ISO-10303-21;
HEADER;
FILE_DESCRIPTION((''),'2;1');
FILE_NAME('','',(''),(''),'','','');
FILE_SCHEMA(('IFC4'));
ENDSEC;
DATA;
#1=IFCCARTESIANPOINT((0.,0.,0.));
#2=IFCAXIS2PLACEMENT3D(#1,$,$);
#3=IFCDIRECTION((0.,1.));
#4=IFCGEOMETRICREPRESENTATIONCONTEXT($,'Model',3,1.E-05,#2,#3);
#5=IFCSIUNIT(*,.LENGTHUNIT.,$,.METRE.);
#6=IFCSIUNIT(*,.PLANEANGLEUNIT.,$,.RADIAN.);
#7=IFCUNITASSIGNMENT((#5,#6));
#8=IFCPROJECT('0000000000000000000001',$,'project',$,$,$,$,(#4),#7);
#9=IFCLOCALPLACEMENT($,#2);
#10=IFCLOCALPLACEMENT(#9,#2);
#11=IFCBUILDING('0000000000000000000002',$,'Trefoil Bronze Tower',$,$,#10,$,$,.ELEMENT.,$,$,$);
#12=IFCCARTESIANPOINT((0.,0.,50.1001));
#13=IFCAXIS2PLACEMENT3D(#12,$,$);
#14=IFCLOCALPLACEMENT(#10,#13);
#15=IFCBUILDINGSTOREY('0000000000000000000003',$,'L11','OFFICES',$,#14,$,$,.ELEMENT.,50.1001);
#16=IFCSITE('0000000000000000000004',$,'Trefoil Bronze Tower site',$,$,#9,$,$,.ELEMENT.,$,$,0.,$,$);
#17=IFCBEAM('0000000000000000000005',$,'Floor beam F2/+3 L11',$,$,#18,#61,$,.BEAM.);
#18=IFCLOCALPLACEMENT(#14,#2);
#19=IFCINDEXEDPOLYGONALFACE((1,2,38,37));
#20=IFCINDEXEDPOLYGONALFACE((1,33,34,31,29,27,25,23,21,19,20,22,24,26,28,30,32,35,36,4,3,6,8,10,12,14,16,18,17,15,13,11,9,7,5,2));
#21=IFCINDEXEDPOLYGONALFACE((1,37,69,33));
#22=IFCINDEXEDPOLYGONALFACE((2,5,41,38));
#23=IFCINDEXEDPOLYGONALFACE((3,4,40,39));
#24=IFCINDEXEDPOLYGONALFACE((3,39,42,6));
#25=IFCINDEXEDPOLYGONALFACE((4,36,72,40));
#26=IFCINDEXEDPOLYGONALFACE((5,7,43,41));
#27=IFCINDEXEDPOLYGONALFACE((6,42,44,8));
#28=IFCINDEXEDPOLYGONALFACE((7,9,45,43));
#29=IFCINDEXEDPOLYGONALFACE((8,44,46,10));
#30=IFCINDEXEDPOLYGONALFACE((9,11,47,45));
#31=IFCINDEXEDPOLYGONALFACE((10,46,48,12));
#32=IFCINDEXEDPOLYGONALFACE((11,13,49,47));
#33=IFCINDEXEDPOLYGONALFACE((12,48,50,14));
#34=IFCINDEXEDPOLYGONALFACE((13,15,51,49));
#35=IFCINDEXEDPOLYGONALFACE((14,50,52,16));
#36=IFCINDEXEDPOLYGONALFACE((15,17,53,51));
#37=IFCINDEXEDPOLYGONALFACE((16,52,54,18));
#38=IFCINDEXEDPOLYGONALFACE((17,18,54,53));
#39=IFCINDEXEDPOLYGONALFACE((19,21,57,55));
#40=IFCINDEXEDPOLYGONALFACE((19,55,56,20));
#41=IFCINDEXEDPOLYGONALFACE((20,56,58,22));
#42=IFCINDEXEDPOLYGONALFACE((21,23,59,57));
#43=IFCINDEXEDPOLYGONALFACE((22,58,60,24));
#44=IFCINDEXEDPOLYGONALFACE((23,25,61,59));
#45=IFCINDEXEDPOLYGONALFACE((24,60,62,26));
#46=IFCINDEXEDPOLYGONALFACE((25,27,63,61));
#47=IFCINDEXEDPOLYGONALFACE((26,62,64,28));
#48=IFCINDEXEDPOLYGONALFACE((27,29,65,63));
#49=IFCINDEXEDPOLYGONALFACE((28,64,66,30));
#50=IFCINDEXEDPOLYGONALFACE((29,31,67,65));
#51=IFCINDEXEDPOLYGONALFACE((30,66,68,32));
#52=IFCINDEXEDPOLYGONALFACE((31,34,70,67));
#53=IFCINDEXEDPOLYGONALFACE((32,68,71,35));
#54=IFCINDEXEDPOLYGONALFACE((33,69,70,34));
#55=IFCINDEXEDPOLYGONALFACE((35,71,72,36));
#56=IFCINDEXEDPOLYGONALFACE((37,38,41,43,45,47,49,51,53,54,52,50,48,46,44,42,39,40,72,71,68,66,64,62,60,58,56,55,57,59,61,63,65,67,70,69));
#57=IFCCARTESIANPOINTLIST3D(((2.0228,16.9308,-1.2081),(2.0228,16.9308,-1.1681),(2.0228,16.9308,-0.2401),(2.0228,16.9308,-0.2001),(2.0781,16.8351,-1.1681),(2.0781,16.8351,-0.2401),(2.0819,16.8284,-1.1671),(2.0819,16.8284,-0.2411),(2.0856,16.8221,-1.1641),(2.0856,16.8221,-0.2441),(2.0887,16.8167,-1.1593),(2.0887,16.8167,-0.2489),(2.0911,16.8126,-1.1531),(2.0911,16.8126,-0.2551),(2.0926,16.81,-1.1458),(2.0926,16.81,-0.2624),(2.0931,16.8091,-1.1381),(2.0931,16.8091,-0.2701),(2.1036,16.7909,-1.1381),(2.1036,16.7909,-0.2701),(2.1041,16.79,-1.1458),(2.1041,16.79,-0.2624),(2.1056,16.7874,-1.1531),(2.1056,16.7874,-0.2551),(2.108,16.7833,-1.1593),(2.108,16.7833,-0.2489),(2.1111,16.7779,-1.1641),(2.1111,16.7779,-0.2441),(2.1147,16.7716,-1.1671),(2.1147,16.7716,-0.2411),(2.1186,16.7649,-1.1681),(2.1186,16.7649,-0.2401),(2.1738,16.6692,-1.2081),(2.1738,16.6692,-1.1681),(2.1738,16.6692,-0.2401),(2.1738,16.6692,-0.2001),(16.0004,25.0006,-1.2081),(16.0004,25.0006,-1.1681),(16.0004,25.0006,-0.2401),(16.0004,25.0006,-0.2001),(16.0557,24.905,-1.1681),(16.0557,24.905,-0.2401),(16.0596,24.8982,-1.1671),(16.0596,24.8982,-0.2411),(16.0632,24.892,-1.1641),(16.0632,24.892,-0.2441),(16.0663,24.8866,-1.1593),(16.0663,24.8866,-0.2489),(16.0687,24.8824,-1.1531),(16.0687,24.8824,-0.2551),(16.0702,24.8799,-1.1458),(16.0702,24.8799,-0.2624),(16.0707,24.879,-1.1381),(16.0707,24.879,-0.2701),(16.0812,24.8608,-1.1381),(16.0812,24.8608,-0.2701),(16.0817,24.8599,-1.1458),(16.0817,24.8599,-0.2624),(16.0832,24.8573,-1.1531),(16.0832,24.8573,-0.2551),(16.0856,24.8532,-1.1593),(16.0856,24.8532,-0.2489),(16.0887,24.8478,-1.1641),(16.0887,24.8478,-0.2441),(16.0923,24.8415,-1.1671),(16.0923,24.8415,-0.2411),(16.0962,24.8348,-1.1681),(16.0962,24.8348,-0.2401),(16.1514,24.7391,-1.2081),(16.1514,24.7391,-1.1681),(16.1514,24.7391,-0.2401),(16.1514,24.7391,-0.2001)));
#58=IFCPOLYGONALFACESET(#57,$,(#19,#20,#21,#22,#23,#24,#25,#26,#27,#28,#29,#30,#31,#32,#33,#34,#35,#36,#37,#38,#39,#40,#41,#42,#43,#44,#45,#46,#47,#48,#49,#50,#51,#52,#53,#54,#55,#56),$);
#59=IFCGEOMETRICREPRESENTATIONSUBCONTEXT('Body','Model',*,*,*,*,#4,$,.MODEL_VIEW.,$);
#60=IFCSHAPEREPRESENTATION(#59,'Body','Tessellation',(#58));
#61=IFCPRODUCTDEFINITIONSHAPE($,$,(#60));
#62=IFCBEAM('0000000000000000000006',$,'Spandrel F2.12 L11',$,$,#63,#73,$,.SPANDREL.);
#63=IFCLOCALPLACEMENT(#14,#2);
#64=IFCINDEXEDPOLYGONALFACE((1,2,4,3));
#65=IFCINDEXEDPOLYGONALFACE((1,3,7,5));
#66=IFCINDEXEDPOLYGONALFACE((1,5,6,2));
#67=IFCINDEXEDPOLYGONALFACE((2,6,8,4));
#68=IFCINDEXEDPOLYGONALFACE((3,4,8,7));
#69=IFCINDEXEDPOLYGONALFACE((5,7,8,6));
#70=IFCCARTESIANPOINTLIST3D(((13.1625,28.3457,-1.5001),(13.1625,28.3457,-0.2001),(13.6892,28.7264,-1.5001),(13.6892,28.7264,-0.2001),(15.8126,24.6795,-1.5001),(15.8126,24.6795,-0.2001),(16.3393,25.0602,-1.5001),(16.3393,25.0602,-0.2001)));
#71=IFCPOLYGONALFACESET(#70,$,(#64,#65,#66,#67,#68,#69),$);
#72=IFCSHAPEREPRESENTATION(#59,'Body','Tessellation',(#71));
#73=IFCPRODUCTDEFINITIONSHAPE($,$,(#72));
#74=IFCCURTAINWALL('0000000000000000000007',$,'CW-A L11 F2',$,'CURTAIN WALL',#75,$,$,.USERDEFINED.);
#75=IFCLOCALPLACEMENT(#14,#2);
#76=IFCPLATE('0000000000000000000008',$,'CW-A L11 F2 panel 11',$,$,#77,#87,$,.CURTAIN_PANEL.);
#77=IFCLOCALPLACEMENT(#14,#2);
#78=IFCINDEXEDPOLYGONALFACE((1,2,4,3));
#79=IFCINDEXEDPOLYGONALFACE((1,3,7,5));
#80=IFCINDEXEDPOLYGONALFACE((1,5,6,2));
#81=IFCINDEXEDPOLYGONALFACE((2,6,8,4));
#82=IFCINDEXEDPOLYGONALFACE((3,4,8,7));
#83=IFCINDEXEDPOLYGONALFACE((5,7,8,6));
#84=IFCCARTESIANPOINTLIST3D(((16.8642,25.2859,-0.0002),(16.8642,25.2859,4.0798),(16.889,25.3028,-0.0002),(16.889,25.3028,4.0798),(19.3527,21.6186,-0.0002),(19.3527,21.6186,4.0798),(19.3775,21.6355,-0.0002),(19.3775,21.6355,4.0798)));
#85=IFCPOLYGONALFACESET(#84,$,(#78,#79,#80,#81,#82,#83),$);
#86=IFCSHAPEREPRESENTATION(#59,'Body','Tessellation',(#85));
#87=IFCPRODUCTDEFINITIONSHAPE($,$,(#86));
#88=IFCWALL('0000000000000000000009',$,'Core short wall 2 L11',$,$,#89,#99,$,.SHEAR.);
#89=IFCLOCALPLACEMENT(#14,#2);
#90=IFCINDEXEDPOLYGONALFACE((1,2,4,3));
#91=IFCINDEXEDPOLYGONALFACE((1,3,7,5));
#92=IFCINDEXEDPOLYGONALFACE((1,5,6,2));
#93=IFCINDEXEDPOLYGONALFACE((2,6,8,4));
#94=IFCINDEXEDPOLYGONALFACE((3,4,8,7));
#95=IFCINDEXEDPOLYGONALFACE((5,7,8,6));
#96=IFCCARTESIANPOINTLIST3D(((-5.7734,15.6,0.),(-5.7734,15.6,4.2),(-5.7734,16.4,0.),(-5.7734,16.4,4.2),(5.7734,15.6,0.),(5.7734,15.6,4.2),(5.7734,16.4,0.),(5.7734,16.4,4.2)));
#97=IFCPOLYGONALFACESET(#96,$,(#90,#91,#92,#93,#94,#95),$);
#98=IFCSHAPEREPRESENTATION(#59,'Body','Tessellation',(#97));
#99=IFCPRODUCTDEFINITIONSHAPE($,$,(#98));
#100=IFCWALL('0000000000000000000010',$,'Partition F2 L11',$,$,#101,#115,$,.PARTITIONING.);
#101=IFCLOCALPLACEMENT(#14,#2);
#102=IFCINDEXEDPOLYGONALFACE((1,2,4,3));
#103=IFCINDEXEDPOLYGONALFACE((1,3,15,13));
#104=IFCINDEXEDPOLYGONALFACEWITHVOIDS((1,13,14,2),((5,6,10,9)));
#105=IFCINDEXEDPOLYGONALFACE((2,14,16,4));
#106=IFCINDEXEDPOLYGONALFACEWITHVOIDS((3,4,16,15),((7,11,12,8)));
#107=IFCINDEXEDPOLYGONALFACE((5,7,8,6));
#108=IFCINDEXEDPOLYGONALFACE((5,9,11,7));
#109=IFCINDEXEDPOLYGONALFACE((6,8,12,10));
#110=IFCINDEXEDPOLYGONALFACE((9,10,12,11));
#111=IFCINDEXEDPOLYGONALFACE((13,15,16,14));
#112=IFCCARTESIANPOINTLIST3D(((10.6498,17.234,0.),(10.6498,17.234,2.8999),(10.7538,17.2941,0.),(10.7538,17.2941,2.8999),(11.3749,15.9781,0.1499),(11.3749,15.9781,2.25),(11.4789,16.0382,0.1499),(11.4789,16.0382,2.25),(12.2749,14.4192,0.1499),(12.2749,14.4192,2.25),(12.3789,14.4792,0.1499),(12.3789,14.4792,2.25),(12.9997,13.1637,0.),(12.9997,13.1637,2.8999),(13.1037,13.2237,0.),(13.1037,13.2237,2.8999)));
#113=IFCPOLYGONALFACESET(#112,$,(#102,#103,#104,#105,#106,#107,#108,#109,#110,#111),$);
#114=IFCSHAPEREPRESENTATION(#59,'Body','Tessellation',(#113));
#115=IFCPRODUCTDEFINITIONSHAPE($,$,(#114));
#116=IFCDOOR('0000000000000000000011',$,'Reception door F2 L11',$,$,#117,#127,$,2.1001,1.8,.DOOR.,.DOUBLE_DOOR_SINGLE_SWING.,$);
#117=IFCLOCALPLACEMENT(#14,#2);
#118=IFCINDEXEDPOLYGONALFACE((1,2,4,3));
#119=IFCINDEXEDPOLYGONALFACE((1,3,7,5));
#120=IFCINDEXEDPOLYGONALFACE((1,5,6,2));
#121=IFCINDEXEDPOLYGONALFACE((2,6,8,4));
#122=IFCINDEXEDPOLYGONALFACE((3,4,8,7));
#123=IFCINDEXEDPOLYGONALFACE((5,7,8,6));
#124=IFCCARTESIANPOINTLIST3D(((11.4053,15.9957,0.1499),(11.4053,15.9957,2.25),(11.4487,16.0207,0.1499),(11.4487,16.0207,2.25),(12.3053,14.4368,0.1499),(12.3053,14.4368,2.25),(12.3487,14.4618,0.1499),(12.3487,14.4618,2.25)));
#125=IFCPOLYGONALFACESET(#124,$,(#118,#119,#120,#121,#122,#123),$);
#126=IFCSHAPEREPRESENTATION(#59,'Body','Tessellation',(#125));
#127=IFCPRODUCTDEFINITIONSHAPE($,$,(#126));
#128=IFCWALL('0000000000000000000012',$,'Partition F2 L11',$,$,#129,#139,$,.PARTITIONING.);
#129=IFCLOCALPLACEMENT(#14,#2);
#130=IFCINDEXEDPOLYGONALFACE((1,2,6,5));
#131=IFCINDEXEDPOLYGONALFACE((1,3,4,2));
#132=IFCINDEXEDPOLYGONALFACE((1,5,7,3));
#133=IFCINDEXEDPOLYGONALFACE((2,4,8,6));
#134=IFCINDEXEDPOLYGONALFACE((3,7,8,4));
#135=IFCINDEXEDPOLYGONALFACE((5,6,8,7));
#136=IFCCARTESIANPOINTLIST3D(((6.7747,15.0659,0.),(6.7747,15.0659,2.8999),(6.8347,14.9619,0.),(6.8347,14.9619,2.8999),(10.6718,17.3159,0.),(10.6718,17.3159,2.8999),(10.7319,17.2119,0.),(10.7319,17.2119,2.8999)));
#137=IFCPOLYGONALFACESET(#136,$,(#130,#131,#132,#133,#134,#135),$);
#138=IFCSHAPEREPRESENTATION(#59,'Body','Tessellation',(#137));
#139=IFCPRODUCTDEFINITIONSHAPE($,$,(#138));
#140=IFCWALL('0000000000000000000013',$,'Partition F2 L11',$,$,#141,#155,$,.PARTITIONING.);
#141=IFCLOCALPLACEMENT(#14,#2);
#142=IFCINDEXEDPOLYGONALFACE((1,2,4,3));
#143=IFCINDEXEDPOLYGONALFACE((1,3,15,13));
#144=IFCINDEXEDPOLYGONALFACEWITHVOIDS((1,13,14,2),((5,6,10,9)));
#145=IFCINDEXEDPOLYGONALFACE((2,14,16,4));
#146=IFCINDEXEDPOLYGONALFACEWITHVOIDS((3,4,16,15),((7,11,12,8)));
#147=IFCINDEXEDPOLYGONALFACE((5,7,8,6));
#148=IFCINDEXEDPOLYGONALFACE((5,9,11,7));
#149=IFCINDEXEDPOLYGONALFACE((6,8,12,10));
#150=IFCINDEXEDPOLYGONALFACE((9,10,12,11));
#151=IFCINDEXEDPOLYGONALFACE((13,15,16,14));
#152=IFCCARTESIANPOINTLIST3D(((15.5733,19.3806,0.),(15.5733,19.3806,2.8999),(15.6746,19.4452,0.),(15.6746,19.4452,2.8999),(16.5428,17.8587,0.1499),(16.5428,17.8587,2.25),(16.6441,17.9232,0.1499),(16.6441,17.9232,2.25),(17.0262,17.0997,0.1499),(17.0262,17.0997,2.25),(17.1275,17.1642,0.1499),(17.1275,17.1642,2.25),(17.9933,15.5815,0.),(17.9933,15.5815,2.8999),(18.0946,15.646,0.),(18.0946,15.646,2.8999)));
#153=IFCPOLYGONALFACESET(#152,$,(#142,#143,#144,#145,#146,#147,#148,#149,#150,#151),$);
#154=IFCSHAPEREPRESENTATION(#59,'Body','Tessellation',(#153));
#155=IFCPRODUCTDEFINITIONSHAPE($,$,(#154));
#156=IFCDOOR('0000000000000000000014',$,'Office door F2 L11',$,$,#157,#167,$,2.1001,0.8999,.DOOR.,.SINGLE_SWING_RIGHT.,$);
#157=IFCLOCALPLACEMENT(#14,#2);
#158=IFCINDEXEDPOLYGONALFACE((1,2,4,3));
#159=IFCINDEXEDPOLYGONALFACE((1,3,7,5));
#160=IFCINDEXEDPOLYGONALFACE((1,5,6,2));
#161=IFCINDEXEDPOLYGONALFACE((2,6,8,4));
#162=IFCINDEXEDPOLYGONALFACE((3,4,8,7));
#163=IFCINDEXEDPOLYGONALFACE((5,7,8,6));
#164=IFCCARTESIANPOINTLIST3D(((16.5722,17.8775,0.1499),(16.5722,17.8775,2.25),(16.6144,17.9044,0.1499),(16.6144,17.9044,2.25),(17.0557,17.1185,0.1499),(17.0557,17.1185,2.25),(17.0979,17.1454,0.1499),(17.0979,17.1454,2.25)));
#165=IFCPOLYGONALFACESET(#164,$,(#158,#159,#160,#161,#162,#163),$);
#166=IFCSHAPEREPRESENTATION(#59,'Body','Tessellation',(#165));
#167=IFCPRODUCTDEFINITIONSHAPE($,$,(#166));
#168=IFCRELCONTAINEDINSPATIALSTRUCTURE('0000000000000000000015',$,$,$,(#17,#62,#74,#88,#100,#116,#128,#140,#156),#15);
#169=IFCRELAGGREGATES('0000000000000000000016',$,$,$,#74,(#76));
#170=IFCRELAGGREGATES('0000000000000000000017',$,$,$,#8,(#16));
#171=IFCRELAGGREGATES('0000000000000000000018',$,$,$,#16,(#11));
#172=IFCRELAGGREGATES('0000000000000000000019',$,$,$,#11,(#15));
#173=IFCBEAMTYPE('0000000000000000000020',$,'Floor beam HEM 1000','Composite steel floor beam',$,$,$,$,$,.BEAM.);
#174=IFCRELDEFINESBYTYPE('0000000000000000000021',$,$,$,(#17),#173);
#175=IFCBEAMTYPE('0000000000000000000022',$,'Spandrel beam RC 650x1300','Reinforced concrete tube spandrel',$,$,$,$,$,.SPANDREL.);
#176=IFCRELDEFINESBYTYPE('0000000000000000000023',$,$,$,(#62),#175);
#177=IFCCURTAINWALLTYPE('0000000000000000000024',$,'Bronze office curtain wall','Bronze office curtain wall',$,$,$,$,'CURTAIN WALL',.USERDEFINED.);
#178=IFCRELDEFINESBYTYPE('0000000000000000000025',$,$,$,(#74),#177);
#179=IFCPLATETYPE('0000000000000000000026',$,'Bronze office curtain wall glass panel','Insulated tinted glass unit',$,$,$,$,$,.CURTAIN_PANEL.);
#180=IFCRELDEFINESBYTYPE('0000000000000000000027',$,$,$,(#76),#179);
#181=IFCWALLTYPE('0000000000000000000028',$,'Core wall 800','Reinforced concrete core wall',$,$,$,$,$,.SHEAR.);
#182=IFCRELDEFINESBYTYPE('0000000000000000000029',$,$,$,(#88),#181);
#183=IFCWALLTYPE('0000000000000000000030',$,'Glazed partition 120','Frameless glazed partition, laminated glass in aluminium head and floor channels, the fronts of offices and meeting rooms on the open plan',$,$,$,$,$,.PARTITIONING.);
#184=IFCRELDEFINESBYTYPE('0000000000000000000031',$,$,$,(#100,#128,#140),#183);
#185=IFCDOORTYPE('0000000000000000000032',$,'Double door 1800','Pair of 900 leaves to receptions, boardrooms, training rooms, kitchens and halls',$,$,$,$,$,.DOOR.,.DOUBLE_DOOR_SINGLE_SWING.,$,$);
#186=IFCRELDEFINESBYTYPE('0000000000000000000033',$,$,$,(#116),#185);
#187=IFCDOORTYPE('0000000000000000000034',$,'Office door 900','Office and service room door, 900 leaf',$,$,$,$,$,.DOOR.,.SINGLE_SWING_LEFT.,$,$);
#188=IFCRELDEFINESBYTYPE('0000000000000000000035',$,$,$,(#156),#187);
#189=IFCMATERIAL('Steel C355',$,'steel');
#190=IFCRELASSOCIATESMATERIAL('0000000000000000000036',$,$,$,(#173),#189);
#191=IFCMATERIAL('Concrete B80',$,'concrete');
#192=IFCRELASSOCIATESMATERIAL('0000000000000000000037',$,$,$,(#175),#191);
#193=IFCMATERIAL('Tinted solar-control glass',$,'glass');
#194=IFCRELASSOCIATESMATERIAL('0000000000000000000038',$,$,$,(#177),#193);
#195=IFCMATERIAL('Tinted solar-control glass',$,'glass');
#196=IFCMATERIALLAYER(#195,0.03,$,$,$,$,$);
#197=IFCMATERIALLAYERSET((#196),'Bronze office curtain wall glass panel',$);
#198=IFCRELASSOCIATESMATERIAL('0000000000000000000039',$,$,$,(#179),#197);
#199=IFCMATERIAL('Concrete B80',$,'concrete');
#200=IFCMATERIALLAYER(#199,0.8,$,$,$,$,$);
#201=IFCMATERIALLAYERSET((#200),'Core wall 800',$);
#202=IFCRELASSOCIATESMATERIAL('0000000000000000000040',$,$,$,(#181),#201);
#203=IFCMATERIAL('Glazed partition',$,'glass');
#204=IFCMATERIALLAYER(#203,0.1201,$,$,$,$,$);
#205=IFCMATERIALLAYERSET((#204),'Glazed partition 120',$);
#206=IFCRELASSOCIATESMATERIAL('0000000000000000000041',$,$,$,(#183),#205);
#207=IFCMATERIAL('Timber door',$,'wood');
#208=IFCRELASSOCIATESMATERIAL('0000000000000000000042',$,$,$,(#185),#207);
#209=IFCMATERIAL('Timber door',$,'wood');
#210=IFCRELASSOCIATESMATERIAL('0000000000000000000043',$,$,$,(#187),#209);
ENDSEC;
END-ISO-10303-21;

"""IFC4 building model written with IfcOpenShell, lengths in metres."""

from ifc_helpers import new_model, si_unit, direction, frame, frame_2d, origin, origin_2d, place, context, subcontext, project, spatial, rectangle, i_section, extrude, material, layer, layer_set, material_profile, profile_set, type_object, element, fill, aggregate, save


model = new_model("IFC4")

# Units and contexts
model_context = context("Model", 3, precision=1e-05, world=origin(), true_north=direction((0.0, 1.0)))
body_context = subcontext(model_context, "Body", "Model", "MODEL_VIEW")
ifc_project = project(units=[si_unit("LENGTHUNIT", "METRE"), si_unit("PLANEANGLEUNIT", "RADIAN")], contexts=[model_context])

# Site, building, storey
site_placement = place(None, origin())
site = spatial("IfcSite", under=ifc_project, at=site_placement, Name="Trefoil Bronze Tower site", CompositionType="ELEMENT", RefElevation=0.0)
building_placement = place(site_placement, origin())
building = spatial("IfcBuilding", under=site, at=building_placement, Name="Trefoil Bronze Tower", CompositionType="ELEMENT")
storey_placement = place(building_placement, frame((0.0, 0.0, 50.1001)))
storey = spatial("IfcBuildingStorey", under=building, at=storey_placement, Name="L11", Description="OFFICES", CompositionType="ELEMENT", Elevation=50.1001)

# Beams
ifc_material_1 = material(Name="Steel C355", Category="steel")
ifc_material_profile_1 = material_profile(ifc_material_1, i_section(OverallWidth=0.302, OverallDepth=1.0081, WebThickness=0.021, FlangeThickness=0.04, FilletRadius=0.03, at=origin_2d()), Name="HEM 1000")
ifc_profile_set_1 = profile_set([ifc_material_profile_1], Name="Steel C355")
beam_type_1 = type_object("IfcBeamType", Name="Floor beam HEM 1000", Description="Composite steel floor beam", PredefinedType="BEAM", material=ifc_profile_set_1)
beam_1_placement = place(storey_placement, frame((16.0759, 24.8699, -0.7041), z_axis=(-0.866028, -0.499995, 0.0), x_axis=(0.499995, -0.866028, 0.0)))
element("IfcBeam", 1, at=beam_1_placement, inside=storey, type_object=beam_type_1, Name="Floor beam F2/+3 L11", PredefinedType="BEAM", context=body_context, shape_type="SweptSolid", body=[
    extrude(i_section(OverallWidth=0.302, OverallDepth=1.0081, WebThickness=0.021, FlangeThickness=0.04, FilletRadius=0.03, at=origin_2d()), origin(), (0.0, 0.0, 1.0), 16.1399),
])
ifc_material_2 = material(Name="Concrete B80", Category="concrete")
ifc_material_profile_2 = material_profile(ifc_material_2, rectangle(XDim=0.6499, YDim=1.3, at=origin_2d()), Name="RC 650x1300")
ifc_profile_set_2 = profile_set([ifc_material_profile_2], Name="Concrete B80")
beam_type_2 = type_object("IfcBeamType", Name="Spandrel beam RC 650x1300", Description="Reinforced concrete tube spandrel", PredefinedType="SPANDREL", material=ifc_profile_set_2)
beam_2_placement = place(storey_placement, frame((16.0759, 24.8699, -0.8501), z_axis=(-0.585824, 0.810439, 0.0), x_axis=(-0.810439, -0.585824, 0.0)))
element("IfcBeam", 2, at=beam_2_placement, inside=storey, type_object=beam_type_2, Name="Spandrel F2.12 L11", PredefinedType="SPANDREL", context=body_context, shape_type="SweptSolid", body=[
    extrude(rectangle(XDim=0.6499, YDim=1.3, at=origin_2d()), origin(), (0.0, 0.0, 1.0), 4.5237),
])

# Curtain wall, plate
ifc_material_3 = material(Name="Tinted solar-control glass", Category="glass")
curtain_wall_type = type_object("IfcCurtainWallType", Name="Bronze office curtain wall", Description="Bronze office curtain wall", ElementType="CURTAIN WALL", PredefinedType="USERDEFINED", material=ifc_material_3)
curtain_wall_placement = place(storey_placement, origin())
curtain_wall = element("IfcCurtainWall", 3, at=curtain_wall_placement, inside=storey, type_object=curtain_wall_type, Name="CW-A L11 F2", ObjectType="CURTAIN WALL", PredefinedType="USERDEFINED")
ifc_material_4 = material(Name="Tinted solar-control glass", Category="glass")
ifc_layer_1 = layer(ifc_material_4, 0.03)
ifc_layer_set_1 = layer_set([ifc_layer_1], Name="Bronze office curtain wall glass panel")
plate_type = type_object("IfcPlateType", Name="Bronze office curtain wall glass panel", Description="Insulated tinted glass unit", PredefinedType="CURTAIN_PANEL", material=ifc_layer_set_1)
plate_placement = place(storey_placement, frame((18.1208, 23.4607, -0.0002), z_axis=(0.0, 0.0, 1.0), x_axis=(-0.56151, 0.82747, 0.0)))
plate = element("IfcPlate", 4, at=plate_placement, type_object=plate_type, Name="CW-A L11 F2 panel 11", PredefinedType="CURTAIN_PANEL", context=body_context, shape_type="SweptSolid", body=[
    extrude(rectangle(XDim=4.4319, YDim=0.03, at=origin_2d()), origin(), (0.0, 0.0, 1.0), 4.0801),
])
aggregate(curtain_wall, [plate])

# Wall
ifc_material_5 = material(Name="Concrete B80", Category="concrete")
ifc_layer_2 = layer(ifc_material_5, 0.8)
ifc_layer_set_2 = layer_set([ifc_layer_2], Name="Core wall 800")
wall_type_1 = type_object("IfcWallType", Name="Core wall 800", Description="Reinforced concrete core wall", PredefinedType="SHEAR", material=ifc_layer_set_2)
wall_1_placement = place(storey_placement, frame((5.7734, 16.0, 0.0), z_axis=(0.0, 0.0, 1.0), x_axis=(-1.0, 0.0, 0.0)))
element("IfcWall", 5, at=wall_1_placement, inside=storey, type_object=wall_type_1, Name="Core short wall 2 L11", PredefinedType="SHEAR", context=body_context, shape_type="SweptSolid", body=[
    extrude(rectangle(XDim=11.5469, YDim=0.8, at=frame_2d((5.7734, 0.0))), origin(), (0.0, 0.0, 1.0), 4.2),
])

# Wall, opening, door
ifc_material_6 = material(Name="Glazed partition", Category="glass")
ifc_layer_3 = layer(ifc_material_6, 0.1201)
ifc_layer_set_3 = layer_set([ifc_layer_3], Name="Glazed partition 120")
wall_type_2 = type_object("IfcWallType", Name="Glazed partition 120", Description="Frameless glazed partition, laminated glass in aluminium head and floor channels, the fronts of offices and meeting rooms on the open plan", PredefinedType="PARTITIONING", material=ifc_layer_set_3)
wall_2_placement = place(storey_placement, frame((13.0518, 13.1936, 0.0), z_axis=(0.0, 0.0, 1.0), x_axis=(-0.499977, 0.866039, 0.0)))
wall_2 = element("IfcWall", 6, at=wall_2_placement, inside=storey, type_object=wall_type_2, Name="Partition F2 L11", PredefinedType="PARTITIONING", context=body_context, shape_type="SweptSolid", body=[
    extrude(rectangle(XDim=4.7, YDim=0.1201, at=frame_2d((2.3501, 0.0))), origin(), (0.0, 0.0, 1.0), 2.8999),
])
opening_1_placement = place(wall_2_placement, frame((1.45, 0.0, 0.1499)))
opening_1 = element("IfcOpeningElement", 7, at=opening_1_placement, cuts=wall_2, PredefinedType="OPENING", context=body_context, shape_type="SweptSolid", body=[
    extrude(rectangle(XDim=1.8, YDim=2.1001, at=frame_2d((0.8999, 1.05))), frame((0.0, 0.0701, 0.0), z_axis=(0.0, -1.0, 0.0), x_axis=(1.0, 0.0, 0.0)), (0.0, 0.0, 1.0), 0.1401),
])
ifc_material_7 = material(Name="Timber door", Category="wood")
door_type_1 = type_object("IfcDoorType", Name="Double door 1800", Description="Pair of 900 leaves to receptions, boardrooms, training rooms, kitchens and halls", OperationType="DOUBLE_DOOR_SINGLE_SWING", PredefinedType="DOOR", material=ifc_material_7)
door_1_placement = place(opening_1_placement, origin())
door_1 = element("IfcDoor", 8, at=door_1_placement, inside=storey, type_object=door_type_1, Name="Reception door F2 L11", OperationType="DOUBLE_DOOR_SINGLE_SWING", OverallHeight=2.1001, OverallWidth=1.8, PredefinedType="DOOR", context=body_context, shape_type="SweptSolid", body=[
    extrude(rectangle(XDim=1.8, YDim=2.1001, at=frame_2d((0.8999, 1.05))), frame((0.0, 0.0249, 0.0), z_axis=(0.0, -1.0, 0.0), x_axis=(1.0, 0.0, 0.0)), (0.0, 0.0, 1.0), 0.05),
])
fill(opening_1, door_1)

# Wall
wall_3_placement = place(storey_placement, frame((6.8047, 15.0139, 0.0), z_axis=(0.0, 0.0, 1.0), x_axis=(0.866031, 0.49999, 0.0)))
element("IfcWall", 9, at=wall_3_placement, inside=storey, type_object=wall_type_2, Name="Partition F2 L11", PredefinedType="PARTITIONING", context=body_context, shape_type="SweptSolid", body=[
    extrude(rectangle(XDim=4.5, YDim=0.1201, at=frame_2d((2.25, 0.0))), origin(), (0.0, 0.0, 1.0), 2.8999),
])

# Wall, opening, door
wall_4_placement = place(storey_placement, frame((18.0439, 15.6138, 0.0), z_axis=(0.0, 0.0, 1.0), x_axis=(-0.537244, 0.843427, 0.0)))
wall_4 = element("IfcWall", 10, at=wall_4_placement, inside=storey, type_object=wall_type_2, Name="Partition F2 L11", PredefinedType="PARTITIONING", context=body_context, shape_type="SweptSolid", body=[
    extrude(rectangle(XDim=4.5044, YDim=0.1201, at=frame_2d((2.2522, 0.0))), origin(), (0.0, 0.0, 1.0), 2.8999),
])
opening_2_placement = place(wall_4_placement, frame((1.8, 0.0, 0.1499)))
opening_2 = element("IfcOpeningElement", 11, at=opening_2_placement, cuts=wall_4, PredefinedType="OPENING", context=body_context, shape_type="SweptSolid", body=[
    extrude(rectangle(XDim=0.8999, YDim=2.1001, at=frame_2d((0.45, 1.05))), frame((0.0, 0.0701, 0.0), z_axis=(0.0, -1.0, 0.0), x_axis=(1.0, 0.0, 0.0)), (0.0, 0.0, 1.0), 0.1401),
])
ifc_material_8 = material(Name="Timber door", Category="wood")
door_type_2 = type_object("IfcDoorType", Name="Office door 900", Description="Office and service room door, 900 leaf", OperationType="SINGLE_SWING_LEFT", PredefinedType="DOOR", material=ifc_material_8)
door_2_placement = place(opening_2_placement, frame((0.8999, 0.0, 0.0), z_axis=(0.0, 0.0, 1.0), x_axis=(-1.0, 0.0, 0.0)))
door_2 = element("IfcDoor", 12, at=door_2_placement, inside=storey, type_object=door_type_2, Name="Office door F2 L11", OperationType="SINGLE_SWING_RIGHT", OverallHeight=2.1001, OverallWidth=0.8999, PredefinedType="DOOR", context=body_context, shape_type="SweptSolid", body=[
    extrude(rectangle(XDim=0.8999, YDim=2.1001, at=frame_2d((0.45, 1.05))), frame((0.0, 0.0249, 0.0), z_axis=(0.0, -1.0, 0.0), x_axis=(1.0, 0.0, 0.0)), (0.0, 0.0, 1.0), 0.05),
])
fill(opening_2, door_2)

save(model, "model.ifc")
